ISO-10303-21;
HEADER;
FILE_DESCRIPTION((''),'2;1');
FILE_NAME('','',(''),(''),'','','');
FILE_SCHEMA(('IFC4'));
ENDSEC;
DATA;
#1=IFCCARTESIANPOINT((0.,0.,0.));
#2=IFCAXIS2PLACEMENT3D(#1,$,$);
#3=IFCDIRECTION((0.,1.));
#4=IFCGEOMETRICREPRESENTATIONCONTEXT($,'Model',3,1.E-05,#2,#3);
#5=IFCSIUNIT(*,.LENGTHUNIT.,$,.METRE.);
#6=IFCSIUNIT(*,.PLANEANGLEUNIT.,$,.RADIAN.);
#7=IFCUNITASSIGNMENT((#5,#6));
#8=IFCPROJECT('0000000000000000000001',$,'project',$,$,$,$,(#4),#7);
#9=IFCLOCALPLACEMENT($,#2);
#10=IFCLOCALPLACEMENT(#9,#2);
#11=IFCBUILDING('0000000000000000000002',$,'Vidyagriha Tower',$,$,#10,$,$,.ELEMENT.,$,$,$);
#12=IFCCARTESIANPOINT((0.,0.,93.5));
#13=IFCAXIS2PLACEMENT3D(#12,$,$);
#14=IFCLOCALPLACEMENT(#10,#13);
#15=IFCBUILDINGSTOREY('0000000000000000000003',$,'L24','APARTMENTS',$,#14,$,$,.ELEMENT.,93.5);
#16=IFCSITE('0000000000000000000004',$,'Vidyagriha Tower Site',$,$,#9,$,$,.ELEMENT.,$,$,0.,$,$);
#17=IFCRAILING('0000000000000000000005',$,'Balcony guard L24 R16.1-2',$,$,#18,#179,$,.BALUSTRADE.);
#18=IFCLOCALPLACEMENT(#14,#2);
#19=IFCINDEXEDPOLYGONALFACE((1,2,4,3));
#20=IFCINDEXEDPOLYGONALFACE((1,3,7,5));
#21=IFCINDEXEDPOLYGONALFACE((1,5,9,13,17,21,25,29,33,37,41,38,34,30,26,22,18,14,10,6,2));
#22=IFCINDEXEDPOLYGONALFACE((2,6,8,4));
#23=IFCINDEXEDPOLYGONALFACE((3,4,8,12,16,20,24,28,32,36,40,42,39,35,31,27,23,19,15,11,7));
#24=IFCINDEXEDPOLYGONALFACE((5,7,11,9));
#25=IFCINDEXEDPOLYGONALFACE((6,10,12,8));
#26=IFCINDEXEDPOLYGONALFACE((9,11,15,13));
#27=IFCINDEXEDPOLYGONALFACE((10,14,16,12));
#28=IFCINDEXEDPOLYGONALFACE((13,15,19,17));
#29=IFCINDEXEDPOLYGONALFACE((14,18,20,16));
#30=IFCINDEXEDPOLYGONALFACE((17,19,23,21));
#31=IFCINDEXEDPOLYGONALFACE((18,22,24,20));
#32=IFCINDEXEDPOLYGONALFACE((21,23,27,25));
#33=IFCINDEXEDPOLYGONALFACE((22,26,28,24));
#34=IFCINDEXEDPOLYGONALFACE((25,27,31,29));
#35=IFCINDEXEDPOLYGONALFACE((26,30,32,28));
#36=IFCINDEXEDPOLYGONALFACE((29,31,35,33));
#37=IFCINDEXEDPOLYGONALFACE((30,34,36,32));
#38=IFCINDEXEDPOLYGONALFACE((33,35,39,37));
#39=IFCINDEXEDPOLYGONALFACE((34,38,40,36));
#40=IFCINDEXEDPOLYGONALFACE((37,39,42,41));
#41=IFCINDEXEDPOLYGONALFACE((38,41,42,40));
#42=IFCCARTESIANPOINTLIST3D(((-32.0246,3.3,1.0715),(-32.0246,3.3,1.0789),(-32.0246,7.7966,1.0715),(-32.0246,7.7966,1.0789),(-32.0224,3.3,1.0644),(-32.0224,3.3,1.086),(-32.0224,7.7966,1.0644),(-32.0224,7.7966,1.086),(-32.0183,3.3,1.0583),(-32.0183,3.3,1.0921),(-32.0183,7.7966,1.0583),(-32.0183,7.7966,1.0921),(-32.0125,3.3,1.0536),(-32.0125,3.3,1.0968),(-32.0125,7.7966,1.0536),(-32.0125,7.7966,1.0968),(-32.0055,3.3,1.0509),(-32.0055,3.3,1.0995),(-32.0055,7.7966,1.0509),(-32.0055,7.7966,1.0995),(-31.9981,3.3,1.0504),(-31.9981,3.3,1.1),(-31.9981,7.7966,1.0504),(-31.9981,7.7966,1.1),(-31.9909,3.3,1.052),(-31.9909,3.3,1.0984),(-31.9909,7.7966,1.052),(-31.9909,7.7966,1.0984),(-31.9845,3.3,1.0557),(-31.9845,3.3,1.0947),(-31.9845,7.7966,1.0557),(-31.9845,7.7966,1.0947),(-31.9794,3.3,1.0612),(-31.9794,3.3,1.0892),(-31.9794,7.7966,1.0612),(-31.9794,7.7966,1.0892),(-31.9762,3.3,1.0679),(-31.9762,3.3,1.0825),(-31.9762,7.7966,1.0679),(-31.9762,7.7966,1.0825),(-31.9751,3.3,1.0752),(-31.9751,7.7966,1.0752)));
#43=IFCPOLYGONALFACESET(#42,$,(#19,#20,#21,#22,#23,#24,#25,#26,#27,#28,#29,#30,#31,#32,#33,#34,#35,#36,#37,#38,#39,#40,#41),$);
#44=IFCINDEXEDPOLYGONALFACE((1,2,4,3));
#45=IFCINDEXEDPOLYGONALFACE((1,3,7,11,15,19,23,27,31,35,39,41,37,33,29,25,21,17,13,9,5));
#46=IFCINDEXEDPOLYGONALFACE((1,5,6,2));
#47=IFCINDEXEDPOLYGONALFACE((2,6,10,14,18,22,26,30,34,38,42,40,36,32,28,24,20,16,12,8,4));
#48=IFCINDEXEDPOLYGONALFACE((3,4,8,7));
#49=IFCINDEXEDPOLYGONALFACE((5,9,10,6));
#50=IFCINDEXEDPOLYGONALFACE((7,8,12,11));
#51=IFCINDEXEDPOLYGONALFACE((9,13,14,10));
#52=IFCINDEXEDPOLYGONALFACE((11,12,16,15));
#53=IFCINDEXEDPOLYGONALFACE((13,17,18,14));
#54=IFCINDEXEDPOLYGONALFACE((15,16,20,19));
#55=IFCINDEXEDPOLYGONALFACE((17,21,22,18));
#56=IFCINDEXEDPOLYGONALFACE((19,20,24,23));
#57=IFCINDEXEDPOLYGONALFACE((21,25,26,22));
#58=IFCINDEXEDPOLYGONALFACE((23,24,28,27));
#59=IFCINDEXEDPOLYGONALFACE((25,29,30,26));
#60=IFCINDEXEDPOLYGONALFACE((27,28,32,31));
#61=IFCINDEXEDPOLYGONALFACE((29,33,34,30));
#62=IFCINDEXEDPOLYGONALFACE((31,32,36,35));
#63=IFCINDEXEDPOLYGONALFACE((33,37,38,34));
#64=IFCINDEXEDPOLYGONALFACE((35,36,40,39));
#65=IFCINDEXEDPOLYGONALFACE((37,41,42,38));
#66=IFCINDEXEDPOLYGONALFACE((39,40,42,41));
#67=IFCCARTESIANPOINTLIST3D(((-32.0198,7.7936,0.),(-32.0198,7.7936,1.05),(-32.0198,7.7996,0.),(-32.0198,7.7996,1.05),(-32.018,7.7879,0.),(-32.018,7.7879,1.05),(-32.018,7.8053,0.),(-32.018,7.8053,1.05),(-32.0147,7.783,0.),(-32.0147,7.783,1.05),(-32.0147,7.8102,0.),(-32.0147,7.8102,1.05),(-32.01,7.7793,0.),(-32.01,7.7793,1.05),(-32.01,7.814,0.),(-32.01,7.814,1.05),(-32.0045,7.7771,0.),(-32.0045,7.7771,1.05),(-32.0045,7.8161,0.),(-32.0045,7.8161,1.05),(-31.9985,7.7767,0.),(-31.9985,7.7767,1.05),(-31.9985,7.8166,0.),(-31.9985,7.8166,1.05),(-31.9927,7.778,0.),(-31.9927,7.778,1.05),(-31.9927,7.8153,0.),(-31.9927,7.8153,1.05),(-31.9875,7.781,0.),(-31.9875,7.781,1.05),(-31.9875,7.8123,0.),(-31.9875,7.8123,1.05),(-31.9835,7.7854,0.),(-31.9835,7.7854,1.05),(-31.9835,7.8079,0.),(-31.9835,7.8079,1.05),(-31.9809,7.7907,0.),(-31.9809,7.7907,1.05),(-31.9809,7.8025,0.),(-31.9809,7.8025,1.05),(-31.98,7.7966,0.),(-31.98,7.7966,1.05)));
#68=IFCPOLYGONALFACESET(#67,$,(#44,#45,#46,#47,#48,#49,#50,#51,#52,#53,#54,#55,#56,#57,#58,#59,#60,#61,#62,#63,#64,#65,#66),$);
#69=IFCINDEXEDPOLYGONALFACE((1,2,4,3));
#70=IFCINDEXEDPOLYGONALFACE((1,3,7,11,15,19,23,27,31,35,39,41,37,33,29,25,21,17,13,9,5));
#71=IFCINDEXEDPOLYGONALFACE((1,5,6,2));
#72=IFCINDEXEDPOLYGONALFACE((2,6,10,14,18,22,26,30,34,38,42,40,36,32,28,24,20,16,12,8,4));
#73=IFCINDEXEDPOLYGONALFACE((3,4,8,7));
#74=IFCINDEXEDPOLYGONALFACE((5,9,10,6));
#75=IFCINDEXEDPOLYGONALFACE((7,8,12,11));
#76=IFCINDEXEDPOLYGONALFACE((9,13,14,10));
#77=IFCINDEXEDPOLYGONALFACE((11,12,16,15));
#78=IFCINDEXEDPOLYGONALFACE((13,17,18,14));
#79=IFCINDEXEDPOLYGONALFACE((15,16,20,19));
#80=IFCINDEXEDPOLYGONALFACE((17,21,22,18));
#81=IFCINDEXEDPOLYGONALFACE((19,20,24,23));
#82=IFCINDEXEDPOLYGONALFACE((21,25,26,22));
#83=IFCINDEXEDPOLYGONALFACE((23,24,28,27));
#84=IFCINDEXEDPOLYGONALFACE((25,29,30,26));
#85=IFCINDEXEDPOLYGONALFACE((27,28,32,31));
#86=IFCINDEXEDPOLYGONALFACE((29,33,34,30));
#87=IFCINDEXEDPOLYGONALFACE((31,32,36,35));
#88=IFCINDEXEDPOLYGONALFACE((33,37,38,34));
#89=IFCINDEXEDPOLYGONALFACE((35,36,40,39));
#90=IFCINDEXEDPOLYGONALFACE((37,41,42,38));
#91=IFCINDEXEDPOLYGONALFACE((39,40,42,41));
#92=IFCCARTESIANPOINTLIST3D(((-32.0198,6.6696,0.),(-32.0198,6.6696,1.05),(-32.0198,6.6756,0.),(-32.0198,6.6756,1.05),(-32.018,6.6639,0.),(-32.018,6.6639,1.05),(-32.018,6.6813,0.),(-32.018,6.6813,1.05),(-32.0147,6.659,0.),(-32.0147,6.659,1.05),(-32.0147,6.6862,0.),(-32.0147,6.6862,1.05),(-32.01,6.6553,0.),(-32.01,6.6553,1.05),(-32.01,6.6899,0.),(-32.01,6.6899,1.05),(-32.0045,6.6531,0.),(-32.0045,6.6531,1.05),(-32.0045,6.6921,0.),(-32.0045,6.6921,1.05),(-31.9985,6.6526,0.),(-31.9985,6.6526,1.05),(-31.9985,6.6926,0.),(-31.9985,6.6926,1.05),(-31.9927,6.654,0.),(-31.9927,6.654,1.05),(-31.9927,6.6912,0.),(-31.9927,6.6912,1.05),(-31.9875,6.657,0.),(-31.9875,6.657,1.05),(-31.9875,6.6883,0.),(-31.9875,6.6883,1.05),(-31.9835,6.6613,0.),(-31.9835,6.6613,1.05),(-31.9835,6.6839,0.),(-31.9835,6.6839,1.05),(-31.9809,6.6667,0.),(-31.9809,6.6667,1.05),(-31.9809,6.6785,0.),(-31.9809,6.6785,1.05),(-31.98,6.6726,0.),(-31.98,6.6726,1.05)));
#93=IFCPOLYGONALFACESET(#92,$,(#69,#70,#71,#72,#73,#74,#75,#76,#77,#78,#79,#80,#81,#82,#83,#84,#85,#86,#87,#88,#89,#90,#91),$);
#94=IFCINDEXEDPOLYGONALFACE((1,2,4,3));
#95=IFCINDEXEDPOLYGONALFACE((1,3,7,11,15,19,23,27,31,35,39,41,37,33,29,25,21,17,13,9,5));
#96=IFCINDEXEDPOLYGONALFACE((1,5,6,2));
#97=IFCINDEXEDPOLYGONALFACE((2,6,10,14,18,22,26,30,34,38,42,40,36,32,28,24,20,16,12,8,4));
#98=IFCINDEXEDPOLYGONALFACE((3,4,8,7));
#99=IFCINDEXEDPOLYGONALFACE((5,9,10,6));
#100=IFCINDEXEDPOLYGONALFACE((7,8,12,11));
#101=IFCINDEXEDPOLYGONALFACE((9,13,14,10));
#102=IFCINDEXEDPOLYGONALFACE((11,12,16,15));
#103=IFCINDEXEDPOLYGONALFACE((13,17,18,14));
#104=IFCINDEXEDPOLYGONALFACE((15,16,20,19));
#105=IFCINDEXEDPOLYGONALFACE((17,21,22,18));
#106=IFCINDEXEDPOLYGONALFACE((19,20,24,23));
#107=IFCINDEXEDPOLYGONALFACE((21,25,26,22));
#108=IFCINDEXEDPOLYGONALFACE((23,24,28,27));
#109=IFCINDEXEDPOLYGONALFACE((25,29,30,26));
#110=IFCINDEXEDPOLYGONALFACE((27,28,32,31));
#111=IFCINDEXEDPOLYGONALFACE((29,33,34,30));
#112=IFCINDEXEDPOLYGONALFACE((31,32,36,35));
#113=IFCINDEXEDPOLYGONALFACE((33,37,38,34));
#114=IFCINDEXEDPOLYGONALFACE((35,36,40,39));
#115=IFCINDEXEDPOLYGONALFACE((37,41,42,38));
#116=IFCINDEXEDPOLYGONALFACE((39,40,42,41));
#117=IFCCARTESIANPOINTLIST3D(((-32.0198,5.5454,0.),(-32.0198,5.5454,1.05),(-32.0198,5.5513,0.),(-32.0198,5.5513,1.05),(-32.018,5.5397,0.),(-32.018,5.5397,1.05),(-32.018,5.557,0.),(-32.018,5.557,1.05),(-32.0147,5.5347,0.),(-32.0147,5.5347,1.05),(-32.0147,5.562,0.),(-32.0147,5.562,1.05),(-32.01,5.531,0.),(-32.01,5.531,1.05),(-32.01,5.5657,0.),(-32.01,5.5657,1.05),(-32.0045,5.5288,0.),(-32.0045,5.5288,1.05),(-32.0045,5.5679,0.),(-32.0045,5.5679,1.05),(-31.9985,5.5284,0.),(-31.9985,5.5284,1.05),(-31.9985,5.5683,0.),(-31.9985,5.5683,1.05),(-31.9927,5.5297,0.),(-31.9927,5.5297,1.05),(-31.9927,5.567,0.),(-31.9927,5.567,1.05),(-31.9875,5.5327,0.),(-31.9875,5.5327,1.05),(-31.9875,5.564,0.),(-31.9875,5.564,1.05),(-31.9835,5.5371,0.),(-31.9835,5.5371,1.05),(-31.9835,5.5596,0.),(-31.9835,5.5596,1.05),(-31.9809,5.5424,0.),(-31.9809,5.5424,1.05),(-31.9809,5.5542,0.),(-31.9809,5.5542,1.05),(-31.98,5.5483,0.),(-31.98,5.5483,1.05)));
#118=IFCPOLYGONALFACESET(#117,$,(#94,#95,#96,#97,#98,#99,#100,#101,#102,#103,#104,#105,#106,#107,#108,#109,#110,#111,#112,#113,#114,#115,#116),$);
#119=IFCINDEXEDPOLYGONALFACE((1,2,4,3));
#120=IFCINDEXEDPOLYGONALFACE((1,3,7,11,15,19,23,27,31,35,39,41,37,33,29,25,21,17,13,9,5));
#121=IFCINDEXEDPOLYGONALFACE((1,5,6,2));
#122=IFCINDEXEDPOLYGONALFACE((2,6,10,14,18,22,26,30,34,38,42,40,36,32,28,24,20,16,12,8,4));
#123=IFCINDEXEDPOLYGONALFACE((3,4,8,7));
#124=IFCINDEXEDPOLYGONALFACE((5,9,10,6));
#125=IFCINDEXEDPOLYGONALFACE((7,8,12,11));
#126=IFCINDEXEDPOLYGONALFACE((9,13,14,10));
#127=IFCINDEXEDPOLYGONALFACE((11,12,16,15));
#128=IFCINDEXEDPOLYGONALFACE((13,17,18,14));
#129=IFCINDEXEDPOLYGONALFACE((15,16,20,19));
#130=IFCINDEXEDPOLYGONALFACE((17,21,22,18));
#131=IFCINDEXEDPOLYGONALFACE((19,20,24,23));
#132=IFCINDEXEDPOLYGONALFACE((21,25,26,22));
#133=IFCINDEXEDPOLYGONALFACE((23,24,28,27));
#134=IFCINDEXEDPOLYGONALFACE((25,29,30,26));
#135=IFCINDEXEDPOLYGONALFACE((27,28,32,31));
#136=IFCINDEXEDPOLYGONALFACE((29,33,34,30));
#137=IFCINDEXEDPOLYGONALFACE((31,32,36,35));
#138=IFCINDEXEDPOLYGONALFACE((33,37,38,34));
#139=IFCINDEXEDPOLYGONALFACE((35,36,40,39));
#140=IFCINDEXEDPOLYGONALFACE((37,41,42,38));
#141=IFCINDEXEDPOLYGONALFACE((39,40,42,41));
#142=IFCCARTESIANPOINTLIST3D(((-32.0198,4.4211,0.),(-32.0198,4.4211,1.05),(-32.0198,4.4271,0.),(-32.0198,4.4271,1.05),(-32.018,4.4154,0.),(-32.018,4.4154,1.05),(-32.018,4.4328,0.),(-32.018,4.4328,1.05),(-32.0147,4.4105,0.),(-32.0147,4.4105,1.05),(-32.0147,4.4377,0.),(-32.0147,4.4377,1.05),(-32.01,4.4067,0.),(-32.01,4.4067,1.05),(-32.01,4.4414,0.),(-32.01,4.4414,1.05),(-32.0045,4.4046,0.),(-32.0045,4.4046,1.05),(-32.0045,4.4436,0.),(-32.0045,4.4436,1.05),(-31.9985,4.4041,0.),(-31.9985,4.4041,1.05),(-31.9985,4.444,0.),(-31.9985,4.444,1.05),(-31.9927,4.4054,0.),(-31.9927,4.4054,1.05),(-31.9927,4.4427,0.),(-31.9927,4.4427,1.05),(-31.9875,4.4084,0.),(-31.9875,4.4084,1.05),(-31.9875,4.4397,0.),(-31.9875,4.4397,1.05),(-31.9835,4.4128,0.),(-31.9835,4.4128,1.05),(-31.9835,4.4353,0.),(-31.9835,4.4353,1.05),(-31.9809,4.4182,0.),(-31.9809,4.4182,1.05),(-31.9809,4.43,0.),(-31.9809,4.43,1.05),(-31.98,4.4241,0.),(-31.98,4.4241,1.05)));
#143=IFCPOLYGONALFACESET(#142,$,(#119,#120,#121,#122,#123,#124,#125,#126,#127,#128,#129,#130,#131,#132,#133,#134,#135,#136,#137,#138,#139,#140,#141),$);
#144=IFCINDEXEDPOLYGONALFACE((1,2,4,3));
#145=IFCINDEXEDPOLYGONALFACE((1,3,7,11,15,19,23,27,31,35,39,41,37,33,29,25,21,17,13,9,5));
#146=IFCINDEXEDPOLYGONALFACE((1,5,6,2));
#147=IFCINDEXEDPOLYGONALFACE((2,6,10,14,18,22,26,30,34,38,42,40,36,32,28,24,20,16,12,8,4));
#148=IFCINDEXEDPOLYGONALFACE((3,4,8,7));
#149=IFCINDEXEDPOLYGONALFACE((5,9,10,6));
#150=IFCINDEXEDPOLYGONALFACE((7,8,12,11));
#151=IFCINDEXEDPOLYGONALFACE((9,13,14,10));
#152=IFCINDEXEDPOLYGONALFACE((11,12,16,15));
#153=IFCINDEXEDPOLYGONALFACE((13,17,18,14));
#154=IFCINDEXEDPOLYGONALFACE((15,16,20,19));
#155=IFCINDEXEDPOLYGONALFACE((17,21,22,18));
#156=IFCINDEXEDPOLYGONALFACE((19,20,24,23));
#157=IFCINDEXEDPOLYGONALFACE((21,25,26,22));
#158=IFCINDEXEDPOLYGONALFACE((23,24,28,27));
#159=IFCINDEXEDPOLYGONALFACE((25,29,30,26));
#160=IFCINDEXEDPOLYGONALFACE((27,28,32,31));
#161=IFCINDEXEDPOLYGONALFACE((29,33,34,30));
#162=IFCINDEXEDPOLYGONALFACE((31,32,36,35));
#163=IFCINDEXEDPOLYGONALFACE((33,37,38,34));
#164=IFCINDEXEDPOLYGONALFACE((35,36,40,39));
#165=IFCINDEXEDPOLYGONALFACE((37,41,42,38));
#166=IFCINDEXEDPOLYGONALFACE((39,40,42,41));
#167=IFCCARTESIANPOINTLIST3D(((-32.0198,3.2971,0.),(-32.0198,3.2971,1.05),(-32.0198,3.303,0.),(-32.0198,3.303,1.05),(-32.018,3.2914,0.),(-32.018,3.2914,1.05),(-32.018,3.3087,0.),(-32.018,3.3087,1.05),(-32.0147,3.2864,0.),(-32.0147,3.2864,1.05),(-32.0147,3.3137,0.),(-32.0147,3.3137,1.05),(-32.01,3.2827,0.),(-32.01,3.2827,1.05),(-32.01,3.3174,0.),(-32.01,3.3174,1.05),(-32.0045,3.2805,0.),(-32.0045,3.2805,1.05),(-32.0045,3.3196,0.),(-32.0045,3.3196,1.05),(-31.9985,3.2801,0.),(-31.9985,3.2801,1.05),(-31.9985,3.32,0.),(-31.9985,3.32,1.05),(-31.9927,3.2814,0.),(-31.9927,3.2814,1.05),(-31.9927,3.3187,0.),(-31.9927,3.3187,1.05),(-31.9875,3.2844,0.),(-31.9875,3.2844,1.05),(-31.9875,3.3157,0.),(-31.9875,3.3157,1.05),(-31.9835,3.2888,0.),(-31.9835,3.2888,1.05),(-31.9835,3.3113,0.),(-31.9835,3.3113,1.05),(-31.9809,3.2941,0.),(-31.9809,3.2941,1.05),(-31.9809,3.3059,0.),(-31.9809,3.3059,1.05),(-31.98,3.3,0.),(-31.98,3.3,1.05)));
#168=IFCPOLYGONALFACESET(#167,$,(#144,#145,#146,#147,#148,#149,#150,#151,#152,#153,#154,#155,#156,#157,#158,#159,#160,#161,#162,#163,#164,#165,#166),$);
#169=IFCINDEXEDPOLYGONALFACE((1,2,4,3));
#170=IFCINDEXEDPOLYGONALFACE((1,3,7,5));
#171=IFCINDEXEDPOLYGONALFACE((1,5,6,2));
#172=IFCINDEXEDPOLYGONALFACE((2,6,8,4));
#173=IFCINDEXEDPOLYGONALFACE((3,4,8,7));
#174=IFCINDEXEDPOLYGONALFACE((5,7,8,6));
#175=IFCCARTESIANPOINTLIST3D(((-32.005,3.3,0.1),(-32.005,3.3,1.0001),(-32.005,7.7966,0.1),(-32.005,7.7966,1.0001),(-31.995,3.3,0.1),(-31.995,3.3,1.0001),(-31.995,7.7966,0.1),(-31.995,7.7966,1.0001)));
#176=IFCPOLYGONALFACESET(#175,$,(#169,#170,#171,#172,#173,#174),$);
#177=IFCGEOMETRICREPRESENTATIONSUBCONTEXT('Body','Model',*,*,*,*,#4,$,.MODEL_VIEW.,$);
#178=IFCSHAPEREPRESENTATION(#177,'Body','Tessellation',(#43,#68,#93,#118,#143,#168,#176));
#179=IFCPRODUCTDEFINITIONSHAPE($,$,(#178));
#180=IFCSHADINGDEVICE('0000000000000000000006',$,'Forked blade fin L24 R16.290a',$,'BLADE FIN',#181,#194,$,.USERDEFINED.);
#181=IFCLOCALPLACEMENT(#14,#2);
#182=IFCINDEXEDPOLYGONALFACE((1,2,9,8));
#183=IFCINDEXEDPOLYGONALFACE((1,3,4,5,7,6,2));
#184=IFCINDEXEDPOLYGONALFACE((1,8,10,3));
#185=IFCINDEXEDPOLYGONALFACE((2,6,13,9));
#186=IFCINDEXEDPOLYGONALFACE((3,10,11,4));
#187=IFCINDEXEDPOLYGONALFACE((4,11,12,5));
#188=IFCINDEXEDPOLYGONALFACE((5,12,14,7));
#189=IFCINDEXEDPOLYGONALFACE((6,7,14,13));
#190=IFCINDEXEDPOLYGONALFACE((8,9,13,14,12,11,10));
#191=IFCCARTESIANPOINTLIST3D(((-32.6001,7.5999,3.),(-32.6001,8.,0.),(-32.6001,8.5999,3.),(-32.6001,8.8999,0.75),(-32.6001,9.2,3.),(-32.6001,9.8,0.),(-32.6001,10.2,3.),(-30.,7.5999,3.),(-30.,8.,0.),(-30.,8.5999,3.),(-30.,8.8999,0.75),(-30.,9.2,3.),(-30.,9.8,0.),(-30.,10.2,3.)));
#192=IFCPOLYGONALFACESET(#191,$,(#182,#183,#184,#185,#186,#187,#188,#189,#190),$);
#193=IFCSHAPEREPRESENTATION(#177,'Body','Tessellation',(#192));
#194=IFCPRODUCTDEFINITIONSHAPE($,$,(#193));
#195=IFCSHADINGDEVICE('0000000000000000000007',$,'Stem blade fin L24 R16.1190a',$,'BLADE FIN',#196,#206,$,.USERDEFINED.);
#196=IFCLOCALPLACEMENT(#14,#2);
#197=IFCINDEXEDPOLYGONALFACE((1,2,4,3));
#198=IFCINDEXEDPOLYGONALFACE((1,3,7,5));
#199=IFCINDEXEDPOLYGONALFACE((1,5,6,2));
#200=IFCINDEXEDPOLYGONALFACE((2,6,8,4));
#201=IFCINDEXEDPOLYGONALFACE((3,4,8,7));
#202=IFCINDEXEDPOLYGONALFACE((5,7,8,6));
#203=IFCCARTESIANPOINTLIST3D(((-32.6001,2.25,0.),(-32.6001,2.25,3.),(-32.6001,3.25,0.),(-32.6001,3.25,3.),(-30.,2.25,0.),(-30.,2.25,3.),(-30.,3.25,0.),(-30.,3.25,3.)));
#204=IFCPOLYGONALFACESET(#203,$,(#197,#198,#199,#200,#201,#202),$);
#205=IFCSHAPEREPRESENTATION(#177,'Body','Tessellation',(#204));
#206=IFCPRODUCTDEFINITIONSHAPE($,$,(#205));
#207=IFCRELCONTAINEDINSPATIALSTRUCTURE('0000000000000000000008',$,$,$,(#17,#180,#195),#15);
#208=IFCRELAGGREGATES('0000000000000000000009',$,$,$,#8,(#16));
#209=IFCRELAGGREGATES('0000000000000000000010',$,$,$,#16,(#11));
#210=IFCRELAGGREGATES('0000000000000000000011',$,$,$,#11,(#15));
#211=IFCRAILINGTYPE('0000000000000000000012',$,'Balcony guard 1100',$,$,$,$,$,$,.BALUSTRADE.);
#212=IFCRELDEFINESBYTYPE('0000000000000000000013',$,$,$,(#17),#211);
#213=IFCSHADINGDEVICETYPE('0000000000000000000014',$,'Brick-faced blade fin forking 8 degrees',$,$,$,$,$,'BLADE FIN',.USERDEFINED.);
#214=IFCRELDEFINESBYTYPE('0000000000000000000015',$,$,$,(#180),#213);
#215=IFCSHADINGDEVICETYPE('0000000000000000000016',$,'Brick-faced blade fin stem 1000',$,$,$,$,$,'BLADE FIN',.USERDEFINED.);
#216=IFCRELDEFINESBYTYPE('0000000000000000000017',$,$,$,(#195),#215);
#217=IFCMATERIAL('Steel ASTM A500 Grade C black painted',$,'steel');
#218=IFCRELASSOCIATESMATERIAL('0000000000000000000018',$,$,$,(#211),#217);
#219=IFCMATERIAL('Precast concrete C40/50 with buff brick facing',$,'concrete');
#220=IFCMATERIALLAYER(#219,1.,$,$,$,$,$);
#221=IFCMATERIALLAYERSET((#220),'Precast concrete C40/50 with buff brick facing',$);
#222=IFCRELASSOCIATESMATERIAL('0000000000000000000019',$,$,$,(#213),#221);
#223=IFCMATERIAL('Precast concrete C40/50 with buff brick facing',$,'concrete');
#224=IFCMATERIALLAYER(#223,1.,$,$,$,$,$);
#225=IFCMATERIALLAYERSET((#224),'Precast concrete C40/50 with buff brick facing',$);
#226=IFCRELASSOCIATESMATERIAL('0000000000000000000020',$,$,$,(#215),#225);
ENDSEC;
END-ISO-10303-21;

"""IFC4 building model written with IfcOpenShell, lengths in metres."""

from ifc_helpers import new_model, si_unit, direction, frame, origin, origin_2d, place, context, subcontext, project, spatial, polyline, rectangle, circle, outline, extrude, material, layer, layer_set, type_object, element, save


model = new_model("IFC4")

# Units and contexts
model_context = context("Model", 3, precision=1e-05, world=origin(), true_north=direction((0.0, 1.0)))
body_context = subcontext(model_context, "Body", "Model", "MODEL_VIEW")
ifc_project = project(units=[si_unit("LENGTHUNIT", "METRE"), si_unit("PLANEANGLEUNIT", "RADIAN")], contexts=[model_context])

# Site, building, storey
site_placement = place(None, origin())
site = spatial("IfcSite", under=ifc_project, at=site_placement, Name="Vidyagriha Tower Site", CompositionType="ELEMENT", RefElevation=0.0)
building_placement = place(site_placement, origin())
building = spatial("IfcBuilding", under=site, at=building_placement, Name="Vidyagriha Tower", CompositionType="ELEMENT")
storey_placement = place(building_placement, frame((0.0, 0.0, 93.5)))
storey = spatial("IfcBuildingStorey", under=building, at=storey_placement, Name="L24", Description="APARTMENTS", CompositionType="ELEMENT", Elevation=93.5)

# Railing
ifc_material_1 = material(Name="Steel ASTM A500 Grade C black painted", Category="steel")
railing_type_1 = type_object("IfcRailingType", Name="Balcony guard 1100", PredefinedType="BALUSTRADE", material=ifc_material_1)
railing_1_placement = place(storey_placement, frame((-32.0, 7.7966, 0.0)))
element("IfcRailing", 1, at=railing_1_placement, inside=storey, type_object=railing_type_1, Name="Balcony guard L24 R16.1-2", PredefinedType="BALUSTRADE", context=body_context, shape_type="SweptSolid", body=[
    extrude(circle(Radius=0.0249, at=origin_2d()), frame((0.0, 0.0, 1.0752), z_axis=(0.0, -1.0, 0.0), x_axis=(1.0, 0.0, 0.0)), (0.0, 0.0, 1.0), 4.4966),
    extrude(circle(Radius=0.02, at=origin_2d()), origin(), (0.0, 0.0, 1.0), 1.05),
    extrude(circle(Radius=0.02, at=origin_2d()), frame((0.0, -1.124, 0.0)), (0.0, 0.0, 1.0), 1.05),
    extrude(circle(Radius=0.02, at=origin_2d()), frame((0.0, -2.2483, 0.0)), (0.0, 0.0, 1.0), 1.05),
    extrude(circle(Radius=0.02, at=origin_2d()), frame((0.0, -3.3726, 0.0)), (0.0, 0.0, 1.0), 1.05),
    extrude(circle(Radius=0.02, at=origin_2d()), frame((0.0, -4.4966, 0.0)), (0.0, 0.0, 1.0), 1.05),
    extrude(rectangle(XDim=0.01, YDim=0.9001, at=origin_2d()), frame((0.0, 0.0, 0.55), z_axis=(0.0, -1.0, 0.0), x_axis=(1.0, 0.0, 0.0)), (0.0, 0.0, 1.0), 4.4966),
])

# Shading devices
ifc_material_2 = material(Name="Precast concrete C40/50 with buff brick facing", Category="concrete")
ifc_layer_1 = layer(ifc_material_2, 1.0)
ifc_layer_set_1 = layer_set([ifc_layer_1], Name="Precast concrete C40/50 with buff brick facing")
shading_device_type_1 = type_object("IfcShadingDeviceType", Name="Brick-faced blade fin forking 8 degrees", ElementType="BLADE FIN", PredefinedType="USERDEFINED", material=ifc_layer_set_1)
shading_device_1_placement = place(storey_placement, frame((-31.3, 10.2, 0.0), z_axis=(0.0, 0.0, 1.0), x_axis=(0.0, -1.0, 0.0)))
element("IfcShadingDevice", 2, at=shading_device_1_placement, inside=storey, type_object=shading_device_type_1, Name="Forked blade fin L24 R16.290a", ObjectType="BLADE FIN", PredefinedType="USERDEFINED", context=body_context, shape_type="SweptSolid", body=[
    extrude(outline(polyline([(0.3999, 0.0), (2.2, 0.0), (2.6001, 3.0), (1.6001, 3.0), (1.3, 0.75), (1.0, 3.0), (0.0, 3.0), (0.3999, 0.0)])), frame((0.0, 1.3, 0.0), z_axis=(0.0, -1.0, 0.0), x_axis=(1.0, 0.0, 0.0)), (0.0, 0.0, 1.0), 2.6001),
])
ifc_material_3 = material(Name="Precast concrete C40/50 with buff brick facing", Category="concrete")
ifc_layer_2 = layer(ifc_material_3, 1.0)
ifc_layer_set_2 = layer_set([ifc_layer_2], Name="Precast concrete C40/50 with buff brick facing")
shading_device_type_2 = type_object("IfcShadingDeviceType", Name="Brick-faced blade fin stem 1000", ElementType="BLADE FIN", PredefinedType="USERDEFINED", material=ifc_layer_set_2)
shading_device_2_placement = place(storey_placement, frame((-31.3, 3.25, 0.0), z_axis=(0.0, 0.0, 1.0), x_axis=(0.0, -1.0, 0.0)))
element("IfcShadingDevice", 3, at=shading_device_2_placement, inside=storey, type_object=shading_device_type_2, Name="Stem blade fin L24 R16.1190a", ObjectType="BLADE FIN", PredefinedType="USERDEFINED", context=body_context, shape_type="SweptSolid", body=[
    extrude(outline(polyline([(0.0, 0.0), (1.0, 0.0), (1.0, 3.0), (0.0, 3.0), (0.0, 0.0)])), frame((0.0, 1.3, 0.0), z_axis=(0.0, -1.0, 0.0), x_axis=(1.0, 0.0, 0.0)), (0.0, 0.0, 1.0), 2.6001),
])

save(model, "model.ifc")
